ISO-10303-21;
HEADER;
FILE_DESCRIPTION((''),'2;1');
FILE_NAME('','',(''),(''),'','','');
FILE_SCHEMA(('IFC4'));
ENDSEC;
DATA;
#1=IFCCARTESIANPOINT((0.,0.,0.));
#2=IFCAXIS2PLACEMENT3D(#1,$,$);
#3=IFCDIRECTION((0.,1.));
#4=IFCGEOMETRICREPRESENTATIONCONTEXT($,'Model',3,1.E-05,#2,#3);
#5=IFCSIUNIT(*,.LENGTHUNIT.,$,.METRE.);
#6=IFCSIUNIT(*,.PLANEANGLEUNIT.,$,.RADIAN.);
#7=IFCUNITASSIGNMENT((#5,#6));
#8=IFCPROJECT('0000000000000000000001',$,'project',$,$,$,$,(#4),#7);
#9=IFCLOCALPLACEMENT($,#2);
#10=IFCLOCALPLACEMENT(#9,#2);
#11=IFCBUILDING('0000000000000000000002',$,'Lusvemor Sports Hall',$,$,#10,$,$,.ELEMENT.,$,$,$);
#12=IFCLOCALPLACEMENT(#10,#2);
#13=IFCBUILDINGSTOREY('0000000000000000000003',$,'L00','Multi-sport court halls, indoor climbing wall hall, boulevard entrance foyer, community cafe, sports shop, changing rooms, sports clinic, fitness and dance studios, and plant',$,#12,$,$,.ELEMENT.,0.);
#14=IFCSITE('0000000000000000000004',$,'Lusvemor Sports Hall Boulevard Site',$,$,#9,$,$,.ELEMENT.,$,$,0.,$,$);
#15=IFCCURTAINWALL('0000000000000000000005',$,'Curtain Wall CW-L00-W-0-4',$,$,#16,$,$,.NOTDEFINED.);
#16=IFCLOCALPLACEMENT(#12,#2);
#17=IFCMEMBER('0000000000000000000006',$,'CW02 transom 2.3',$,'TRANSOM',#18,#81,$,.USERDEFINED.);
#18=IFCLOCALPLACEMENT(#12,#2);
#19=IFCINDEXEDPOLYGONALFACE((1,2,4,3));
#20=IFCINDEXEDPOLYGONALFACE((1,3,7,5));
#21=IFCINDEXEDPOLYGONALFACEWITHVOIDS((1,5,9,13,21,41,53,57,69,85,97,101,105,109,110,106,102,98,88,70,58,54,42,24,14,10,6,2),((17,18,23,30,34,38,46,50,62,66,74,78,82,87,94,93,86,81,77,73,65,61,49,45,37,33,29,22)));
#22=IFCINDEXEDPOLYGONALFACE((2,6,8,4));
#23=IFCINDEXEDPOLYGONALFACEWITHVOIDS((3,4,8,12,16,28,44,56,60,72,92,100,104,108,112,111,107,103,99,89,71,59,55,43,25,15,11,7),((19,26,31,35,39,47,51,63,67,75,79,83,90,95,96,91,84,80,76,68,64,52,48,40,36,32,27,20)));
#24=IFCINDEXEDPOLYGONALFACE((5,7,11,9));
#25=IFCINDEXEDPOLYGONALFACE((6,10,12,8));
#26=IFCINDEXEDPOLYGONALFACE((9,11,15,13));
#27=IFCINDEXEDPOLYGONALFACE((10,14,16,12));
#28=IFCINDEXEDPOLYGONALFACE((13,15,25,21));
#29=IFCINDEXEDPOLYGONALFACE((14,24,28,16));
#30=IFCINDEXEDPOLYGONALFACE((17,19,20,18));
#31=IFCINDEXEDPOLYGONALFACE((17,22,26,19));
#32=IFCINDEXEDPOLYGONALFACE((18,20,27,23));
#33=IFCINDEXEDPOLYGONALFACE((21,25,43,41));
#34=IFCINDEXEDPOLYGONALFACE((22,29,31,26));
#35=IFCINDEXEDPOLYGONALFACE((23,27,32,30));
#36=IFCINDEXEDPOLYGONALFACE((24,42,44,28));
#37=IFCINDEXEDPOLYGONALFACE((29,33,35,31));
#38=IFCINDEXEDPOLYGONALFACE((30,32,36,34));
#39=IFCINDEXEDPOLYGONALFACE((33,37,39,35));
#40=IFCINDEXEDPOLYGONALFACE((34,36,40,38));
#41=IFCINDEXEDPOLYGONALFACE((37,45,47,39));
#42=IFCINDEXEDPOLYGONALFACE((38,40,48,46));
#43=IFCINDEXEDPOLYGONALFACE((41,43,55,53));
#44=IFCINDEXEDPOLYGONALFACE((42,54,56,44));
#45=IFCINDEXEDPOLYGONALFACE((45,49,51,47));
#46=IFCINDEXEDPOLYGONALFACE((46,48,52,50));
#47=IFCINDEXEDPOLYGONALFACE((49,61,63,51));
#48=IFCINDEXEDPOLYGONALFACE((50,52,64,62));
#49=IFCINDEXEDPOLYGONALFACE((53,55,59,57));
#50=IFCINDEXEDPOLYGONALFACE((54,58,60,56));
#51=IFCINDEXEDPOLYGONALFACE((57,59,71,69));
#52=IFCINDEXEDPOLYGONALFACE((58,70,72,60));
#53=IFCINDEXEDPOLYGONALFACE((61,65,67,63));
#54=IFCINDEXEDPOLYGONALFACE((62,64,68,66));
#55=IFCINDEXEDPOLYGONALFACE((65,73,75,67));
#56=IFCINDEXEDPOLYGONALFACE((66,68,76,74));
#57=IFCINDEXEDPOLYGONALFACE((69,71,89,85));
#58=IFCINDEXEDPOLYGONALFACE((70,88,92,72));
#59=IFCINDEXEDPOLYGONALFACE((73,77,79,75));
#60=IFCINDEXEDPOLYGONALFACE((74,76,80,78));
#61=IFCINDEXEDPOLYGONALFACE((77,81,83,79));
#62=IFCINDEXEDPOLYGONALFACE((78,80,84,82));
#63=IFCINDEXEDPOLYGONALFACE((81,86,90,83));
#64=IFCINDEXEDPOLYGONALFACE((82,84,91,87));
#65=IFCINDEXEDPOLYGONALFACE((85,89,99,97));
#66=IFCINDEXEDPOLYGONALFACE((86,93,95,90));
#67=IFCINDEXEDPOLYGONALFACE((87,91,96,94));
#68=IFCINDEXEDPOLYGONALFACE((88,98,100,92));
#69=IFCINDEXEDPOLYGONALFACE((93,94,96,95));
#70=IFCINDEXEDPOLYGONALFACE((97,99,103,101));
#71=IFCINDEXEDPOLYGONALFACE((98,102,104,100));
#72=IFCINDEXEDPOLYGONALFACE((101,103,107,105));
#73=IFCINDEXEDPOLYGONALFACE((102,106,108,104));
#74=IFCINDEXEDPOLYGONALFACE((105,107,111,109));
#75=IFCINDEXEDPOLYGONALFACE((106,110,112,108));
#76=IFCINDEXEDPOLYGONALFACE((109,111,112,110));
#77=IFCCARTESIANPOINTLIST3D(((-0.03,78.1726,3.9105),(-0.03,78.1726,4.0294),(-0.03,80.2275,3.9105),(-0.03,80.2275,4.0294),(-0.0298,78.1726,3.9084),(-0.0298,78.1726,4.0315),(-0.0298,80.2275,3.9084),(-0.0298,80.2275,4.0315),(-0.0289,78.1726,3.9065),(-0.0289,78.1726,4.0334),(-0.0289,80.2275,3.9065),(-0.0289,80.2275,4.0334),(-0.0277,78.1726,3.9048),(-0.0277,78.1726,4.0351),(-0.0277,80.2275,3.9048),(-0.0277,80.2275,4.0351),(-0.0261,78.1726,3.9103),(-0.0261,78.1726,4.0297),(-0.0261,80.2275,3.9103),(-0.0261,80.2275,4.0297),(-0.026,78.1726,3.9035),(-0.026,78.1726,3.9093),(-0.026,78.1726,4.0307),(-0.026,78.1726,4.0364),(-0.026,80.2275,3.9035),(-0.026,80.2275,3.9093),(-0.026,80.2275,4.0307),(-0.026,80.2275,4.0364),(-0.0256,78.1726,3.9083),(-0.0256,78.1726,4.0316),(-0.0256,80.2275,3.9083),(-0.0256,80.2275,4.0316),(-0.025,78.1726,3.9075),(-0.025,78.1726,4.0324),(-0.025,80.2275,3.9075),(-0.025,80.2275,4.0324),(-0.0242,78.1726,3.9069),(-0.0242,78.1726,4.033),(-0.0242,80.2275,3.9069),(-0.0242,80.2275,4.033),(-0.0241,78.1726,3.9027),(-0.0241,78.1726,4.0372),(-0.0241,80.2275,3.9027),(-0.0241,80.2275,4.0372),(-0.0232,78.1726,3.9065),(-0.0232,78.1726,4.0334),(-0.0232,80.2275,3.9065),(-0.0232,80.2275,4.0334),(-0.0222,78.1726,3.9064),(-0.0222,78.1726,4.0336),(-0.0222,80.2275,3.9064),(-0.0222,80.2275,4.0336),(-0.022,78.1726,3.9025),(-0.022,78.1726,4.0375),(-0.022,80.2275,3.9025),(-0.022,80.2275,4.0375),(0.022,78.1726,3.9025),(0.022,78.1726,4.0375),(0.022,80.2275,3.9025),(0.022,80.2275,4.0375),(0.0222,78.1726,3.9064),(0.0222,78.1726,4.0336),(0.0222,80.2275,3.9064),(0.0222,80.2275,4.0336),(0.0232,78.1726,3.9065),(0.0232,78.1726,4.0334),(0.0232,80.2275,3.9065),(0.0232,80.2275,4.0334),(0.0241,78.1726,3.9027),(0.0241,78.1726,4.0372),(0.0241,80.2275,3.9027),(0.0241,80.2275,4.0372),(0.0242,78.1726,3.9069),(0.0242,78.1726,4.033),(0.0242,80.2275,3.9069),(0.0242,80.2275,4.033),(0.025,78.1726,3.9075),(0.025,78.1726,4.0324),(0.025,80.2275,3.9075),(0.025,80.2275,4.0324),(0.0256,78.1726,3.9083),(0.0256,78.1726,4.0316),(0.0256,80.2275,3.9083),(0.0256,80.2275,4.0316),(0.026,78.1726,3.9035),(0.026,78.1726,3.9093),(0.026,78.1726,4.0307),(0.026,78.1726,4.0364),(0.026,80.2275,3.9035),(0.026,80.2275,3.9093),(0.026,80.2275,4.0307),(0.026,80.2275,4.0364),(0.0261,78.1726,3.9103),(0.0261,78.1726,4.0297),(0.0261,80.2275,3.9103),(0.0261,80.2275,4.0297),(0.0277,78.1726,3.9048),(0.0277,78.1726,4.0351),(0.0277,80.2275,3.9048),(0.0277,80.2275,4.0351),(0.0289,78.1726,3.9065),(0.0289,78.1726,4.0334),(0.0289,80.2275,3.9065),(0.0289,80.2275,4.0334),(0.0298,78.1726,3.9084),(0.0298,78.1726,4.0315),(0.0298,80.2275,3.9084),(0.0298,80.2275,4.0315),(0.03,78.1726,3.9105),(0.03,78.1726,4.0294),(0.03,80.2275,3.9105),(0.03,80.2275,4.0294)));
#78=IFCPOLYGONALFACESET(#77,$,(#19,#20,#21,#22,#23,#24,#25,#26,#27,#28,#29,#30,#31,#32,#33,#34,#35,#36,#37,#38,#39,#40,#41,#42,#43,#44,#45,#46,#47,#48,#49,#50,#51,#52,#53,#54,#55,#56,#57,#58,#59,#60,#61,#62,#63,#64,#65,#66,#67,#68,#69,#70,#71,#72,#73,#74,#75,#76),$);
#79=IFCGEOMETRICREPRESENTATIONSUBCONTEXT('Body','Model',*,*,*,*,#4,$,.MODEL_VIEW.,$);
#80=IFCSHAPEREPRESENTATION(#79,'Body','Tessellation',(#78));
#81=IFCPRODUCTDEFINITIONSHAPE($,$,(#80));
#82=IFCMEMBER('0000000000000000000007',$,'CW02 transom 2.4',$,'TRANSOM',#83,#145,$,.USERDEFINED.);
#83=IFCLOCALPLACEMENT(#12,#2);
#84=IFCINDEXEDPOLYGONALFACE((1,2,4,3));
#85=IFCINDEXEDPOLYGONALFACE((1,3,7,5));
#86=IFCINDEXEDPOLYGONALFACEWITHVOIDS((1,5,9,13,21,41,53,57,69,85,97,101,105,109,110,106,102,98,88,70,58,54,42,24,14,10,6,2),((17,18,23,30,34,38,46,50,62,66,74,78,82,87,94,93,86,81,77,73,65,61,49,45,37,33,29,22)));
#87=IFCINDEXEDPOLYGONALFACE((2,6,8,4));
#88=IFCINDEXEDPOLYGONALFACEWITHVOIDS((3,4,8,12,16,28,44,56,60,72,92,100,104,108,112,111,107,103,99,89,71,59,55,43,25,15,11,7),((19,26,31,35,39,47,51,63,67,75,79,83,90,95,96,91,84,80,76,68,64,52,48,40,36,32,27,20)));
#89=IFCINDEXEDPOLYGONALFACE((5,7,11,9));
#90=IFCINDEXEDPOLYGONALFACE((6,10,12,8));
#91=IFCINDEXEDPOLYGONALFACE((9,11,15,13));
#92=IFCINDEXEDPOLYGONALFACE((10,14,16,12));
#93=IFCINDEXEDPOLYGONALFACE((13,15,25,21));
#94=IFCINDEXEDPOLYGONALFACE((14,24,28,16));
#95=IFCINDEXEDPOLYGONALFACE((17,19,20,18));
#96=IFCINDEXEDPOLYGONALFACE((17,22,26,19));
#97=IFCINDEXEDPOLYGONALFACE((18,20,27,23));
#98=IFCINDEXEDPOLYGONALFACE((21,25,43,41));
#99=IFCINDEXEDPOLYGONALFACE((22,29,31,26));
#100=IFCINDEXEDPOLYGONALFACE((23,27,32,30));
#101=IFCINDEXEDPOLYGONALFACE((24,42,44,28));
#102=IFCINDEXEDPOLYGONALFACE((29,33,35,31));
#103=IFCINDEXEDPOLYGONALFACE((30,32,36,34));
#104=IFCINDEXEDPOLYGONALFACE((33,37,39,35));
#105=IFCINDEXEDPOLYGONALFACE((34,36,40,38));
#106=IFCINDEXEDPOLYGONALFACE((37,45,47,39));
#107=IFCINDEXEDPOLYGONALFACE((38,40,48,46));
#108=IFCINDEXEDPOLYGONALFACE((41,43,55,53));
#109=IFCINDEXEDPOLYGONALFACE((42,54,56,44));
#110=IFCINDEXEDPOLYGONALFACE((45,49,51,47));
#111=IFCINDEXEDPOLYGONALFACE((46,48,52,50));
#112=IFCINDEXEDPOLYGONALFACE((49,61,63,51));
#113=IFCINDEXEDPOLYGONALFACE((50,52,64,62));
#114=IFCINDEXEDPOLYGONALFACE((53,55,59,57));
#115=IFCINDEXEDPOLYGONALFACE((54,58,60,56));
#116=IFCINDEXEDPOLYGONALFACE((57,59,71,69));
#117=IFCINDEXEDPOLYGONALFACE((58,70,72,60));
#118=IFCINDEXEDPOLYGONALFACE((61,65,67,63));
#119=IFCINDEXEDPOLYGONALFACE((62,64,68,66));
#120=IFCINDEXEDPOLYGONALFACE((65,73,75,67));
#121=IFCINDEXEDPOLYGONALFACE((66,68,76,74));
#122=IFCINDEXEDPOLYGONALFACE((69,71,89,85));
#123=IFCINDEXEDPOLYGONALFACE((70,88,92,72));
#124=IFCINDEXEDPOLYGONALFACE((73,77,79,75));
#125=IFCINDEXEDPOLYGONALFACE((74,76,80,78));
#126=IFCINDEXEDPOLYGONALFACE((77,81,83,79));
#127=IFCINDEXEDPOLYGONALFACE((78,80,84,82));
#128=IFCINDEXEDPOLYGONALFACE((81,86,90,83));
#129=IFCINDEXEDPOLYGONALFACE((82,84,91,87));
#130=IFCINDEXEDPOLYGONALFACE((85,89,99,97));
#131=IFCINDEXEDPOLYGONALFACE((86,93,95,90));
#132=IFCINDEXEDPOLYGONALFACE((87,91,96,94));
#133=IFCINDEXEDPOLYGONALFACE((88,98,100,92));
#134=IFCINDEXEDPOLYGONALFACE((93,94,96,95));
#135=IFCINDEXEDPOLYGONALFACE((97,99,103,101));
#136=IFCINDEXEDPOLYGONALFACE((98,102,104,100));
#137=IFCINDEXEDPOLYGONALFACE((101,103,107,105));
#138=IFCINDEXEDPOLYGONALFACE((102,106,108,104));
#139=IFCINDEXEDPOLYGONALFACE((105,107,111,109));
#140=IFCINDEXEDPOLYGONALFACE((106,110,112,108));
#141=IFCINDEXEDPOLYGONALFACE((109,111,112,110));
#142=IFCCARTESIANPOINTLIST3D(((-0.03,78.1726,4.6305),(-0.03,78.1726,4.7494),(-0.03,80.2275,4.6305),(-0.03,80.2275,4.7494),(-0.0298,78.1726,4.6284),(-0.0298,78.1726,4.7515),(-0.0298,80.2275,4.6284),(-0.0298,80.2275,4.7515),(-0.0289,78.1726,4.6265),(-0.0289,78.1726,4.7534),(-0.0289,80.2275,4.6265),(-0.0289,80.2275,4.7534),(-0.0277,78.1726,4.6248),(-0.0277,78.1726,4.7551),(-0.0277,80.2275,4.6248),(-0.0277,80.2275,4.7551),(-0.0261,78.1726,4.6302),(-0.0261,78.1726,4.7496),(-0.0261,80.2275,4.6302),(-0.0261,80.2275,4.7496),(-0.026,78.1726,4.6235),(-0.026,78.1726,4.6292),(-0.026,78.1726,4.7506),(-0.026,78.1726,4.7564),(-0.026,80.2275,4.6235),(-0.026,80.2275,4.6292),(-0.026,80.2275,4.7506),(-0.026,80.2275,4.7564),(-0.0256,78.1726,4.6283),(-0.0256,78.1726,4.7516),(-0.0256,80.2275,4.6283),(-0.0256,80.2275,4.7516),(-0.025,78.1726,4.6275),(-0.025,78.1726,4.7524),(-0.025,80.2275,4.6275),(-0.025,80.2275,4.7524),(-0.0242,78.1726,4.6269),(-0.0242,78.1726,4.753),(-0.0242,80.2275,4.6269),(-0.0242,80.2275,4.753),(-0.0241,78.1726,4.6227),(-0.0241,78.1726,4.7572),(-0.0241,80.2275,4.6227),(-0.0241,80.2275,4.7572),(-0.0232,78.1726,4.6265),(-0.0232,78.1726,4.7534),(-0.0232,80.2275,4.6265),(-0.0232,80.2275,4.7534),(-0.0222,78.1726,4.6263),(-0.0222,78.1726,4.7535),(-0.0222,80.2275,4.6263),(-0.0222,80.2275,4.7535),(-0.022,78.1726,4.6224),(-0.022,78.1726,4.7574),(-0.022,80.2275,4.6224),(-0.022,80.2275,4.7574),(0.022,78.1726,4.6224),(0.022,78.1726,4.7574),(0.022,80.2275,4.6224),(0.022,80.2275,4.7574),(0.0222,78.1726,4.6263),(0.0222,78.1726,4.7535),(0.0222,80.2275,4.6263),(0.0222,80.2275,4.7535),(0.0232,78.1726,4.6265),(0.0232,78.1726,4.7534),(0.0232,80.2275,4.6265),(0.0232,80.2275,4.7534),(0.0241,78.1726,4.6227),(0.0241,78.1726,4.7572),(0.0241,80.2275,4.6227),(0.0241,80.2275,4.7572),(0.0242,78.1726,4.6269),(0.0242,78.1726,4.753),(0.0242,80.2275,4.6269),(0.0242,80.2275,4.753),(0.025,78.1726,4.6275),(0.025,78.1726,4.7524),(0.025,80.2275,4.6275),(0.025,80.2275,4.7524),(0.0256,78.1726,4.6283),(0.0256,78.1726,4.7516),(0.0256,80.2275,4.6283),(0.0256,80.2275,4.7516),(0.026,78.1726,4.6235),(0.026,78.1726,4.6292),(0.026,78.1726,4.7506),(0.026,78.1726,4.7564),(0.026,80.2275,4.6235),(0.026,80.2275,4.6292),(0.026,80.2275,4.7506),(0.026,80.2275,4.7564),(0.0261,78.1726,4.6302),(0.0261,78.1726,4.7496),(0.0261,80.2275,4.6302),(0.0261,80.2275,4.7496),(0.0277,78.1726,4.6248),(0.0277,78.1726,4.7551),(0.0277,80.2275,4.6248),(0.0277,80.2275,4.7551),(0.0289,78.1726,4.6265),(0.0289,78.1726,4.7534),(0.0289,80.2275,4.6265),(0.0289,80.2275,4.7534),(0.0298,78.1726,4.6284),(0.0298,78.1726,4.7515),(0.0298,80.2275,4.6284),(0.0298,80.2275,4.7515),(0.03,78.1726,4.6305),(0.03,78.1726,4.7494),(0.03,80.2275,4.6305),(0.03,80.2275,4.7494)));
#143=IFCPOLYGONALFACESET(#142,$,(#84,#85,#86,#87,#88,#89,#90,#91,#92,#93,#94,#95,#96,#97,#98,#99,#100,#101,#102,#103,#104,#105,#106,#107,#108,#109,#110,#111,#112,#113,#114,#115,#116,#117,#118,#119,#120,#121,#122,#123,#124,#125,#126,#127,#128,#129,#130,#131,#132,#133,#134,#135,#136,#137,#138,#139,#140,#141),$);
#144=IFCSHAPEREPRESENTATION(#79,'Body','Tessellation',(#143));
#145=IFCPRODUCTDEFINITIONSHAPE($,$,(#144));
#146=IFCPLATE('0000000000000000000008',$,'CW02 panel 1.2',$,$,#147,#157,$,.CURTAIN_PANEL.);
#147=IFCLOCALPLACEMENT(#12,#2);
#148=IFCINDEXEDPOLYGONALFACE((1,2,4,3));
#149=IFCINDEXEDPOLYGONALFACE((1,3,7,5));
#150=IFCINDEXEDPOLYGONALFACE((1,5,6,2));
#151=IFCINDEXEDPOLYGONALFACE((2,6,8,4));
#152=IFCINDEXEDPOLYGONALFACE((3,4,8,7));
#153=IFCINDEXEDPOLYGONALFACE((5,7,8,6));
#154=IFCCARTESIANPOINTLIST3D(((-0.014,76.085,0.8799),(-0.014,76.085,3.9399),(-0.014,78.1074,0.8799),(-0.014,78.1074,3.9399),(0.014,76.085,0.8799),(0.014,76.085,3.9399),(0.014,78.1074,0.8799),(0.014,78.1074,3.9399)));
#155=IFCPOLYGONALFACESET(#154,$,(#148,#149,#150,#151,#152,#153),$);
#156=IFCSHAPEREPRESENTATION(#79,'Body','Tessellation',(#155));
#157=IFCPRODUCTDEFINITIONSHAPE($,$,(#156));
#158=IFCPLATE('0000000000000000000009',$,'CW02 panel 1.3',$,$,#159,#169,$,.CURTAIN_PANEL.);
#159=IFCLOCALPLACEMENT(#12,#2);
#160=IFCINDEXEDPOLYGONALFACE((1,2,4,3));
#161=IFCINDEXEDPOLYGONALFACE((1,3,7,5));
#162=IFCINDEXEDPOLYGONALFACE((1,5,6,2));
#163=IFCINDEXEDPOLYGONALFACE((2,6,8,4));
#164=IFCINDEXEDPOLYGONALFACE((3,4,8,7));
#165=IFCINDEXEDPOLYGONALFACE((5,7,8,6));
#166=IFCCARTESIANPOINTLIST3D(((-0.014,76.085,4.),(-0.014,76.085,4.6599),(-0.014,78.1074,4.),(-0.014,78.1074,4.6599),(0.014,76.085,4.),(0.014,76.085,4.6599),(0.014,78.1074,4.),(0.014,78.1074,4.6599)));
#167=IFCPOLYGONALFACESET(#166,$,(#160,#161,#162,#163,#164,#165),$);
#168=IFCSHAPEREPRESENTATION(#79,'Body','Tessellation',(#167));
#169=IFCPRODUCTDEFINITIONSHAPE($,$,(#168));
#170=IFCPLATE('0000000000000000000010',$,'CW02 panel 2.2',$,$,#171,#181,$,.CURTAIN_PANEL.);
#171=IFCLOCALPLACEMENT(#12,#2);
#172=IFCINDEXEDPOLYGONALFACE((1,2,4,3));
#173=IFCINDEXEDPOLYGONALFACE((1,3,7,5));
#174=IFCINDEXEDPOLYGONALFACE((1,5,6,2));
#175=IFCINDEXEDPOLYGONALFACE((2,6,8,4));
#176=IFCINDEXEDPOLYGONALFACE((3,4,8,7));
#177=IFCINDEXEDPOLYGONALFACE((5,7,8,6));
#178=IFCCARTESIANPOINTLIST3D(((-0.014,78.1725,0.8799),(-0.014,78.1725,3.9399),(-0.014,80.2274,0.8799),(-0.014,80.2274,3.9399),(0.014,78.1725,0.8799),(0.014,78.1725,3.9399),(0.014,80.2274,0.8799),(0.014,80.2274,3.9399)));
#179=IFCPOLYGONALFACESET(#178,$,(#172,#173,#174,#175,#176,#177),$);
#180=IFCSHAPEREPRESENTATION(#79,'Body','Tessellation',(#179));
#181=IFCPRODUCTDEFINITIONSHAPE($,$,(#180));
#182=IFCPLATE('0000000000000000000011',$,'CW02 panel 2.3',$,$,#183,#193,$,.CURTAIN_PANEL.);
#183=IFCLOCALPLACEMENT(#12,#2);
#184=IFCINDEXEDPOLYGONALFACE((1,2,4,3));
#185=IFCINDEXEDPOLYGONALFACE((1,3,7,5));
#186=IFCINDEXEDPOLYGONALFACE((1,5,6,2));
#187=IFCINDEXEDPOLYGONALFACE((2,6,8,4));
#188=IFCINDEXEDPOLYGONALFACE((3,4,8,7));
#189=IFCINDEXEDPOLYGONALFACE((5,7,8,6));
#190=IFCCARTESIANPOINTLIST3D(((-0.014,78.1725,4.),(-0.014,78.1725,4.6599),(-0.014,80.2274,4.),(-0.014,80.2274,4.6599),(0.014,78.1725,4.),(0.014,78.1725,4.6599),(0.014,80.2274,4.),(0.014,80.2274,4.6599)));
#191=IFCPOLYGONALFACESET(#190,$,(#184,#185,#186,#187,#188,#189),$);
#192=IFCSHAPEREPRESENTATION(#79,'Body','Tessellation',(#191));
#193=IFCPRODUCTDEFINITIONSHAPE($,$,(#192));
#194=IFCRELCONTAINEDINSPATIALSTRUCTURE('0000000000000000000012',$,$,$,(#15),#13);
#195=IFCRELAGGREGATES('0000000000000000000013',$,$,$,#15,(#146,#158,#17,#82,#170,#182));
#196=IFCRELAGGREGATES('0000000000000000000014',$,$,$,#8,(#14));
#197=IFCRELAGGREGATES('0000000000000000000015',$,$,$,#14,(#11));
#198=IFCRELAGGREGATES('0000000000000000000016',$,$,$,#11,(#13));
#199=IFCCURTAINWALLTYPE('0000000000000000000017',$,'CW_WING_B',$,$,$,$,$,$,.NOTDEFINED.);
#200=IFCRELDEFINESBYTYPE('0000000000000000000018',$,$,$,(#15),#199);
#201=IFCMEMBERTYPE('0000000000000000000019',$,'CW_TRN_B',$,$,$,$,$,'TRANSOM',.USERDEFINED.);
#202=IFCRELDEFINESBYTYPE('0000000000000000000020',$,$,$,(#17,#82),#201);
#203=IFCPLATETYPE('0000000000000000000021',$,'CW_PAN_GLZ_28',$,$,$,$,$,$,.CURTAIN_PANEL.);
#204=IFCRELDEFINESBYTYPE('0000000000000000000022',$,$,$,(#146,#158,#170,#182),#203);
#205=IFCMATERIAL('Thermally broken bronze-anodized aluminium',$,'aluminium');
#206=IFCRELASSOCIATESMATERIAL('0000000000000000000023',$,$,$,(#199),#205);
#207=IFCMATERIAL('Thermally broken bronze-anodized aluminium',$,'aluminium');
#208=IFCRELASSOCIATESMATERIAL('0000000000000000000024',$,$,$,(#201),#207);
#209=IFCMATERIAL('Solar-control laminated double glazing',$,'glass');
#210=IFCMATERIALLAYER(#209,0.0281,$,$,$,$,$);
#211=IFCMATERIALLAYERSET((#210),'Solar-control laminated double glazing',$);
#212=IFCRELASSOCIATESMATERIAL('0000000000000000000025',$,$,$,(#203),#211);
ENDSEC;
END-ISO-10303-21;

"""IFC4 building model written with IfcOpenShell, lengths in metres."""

from ifc_helpers import new_model, si_unit, direction, frame, origin, origin_2d, place, context, subcontext, project, spatial, rectangle, hollow_rectangle, extrude, material, layer, layer_set, material_profile, profile_set, type_object, element, aggregate, save


model = new_model("IFC4")

# Units and contexts
model_context = context("Model", 3, precision=1e-05, world=origin(), true_north=direction((0.0, 1.0)))
body_context = subcontext(model_context, "Body", "Model", "MODEL_VIEW")
ifc_project = project(units=[si_unit("LENGTHUNIT", "METRE"), si_unit("PLANEANGLEUNIT", "RADIAN")], contexts=[model_context])

# Site, building, storey
site_placement = place(None, origin())
site = spatial("IfcSite", under=ifc_project, at=site_placement, Name="Lusvemor Sports Hall Boulevard Site", CompositionType="ELEMENT", RefElevation=0.0)
building_placement = place(site_placement, origin())
building = spatial("IfcBuilding", under=site, at=building_placement, Name="Lusvemor Sports Hall", CompositionType="ELEMENT")
storey_placement = place(building_placement, origin())
storey = spatial("IfcBuildingStorey", under=building, at=storey_placement, Name="L00", Description="Multi-sport court halls, indoor climbing wall hall, boulevard entrance foyer, community cafe, sports shop, changing rooms, sports clinic, fitness and dance studios, and plant", CompositionType="ELEMENT", Elevation=0.0)

# Curtain wall, members, plates
ifc_material_1 = material(Name="Thermally broken bronze-anodized aluminium", Category="aluminium")
curtain_wall_type = type_object("IfcCurtainWallType", Name="CW_WING_B", PredefinedType="NOTDEFINED", material=ifc_material_1)
curtain_wall_placement = place(storey_placement, origin())
curtain_wall = element("IfcCurtainWall", 1, at=curtain_wall_placement, inside=storey, type_object=curtain_wall_type, Name="Curtain Wall CW-L00-W-0-4", PredefinedType="NOTDEFINED")
ifc_material_2 = material(Name="Thermally broken bronze-anodized aluminium", Category="aluminium")
ifc_material_profile_1 = material_profile(ifc_material_2, hollow_rectangle(XDim=0.0601, YDim=0.135, WallThickness=0.0039, InnerFilletRadius=0.0039, OuterFilletRadius=0.0081, at=origin_2d()), Name="CWTRN135x60x4")
ifc_profile_set_1 = profile_set([ifc_material_profile_1], Name="Thermally broken bronze-anodized aluminium")
member_type_1 = type_object("IfcMemberType", Name="CW_TRN_B", ElementType="TRANSOM", PredefinedType="USERDEFINED", material=ifc_profile_set_1)
member_1_placement = place(storey_placement, frame((0.0, 78.1726, 3.97), z_axis=(0.0, 1.0, 0.0), x_axis=(-1.0, 0.0, 0.0)))
member_1 = element("IfcMember", 2, at=member_1_placement, type_object=member_type_1, Name="CW02 transom 2.3", ObjectType="TRANSOM", PredefinedType="USERDEFINED", context=body_context, shape_type="SweptSolid", body=[
    extrude(hollow_rectangle(XDim=0.0601, YDim=0.135, WallThickness=0.0039, InnerFilletRadius=0.0039, OuterFilletRadius=0.0081, at=origin_2d()), origin(), (0.0, 0.0, 1.0), 2.0549),
])
member_2_placement = place(storey_placement, frame((0.0, 78.1726, 4.6899), z_axis=(0.0, 1.0, 0.0), x_axis=(-1.0, 0.0, 0.0)))
member_2 = element("IfcMember", 3, at=member_2_placement, type_object=member_type_1, Name="CW02 transom 2.4", ObjectType="TRANSOM", PredefinedType="USERDEFINED", context=body_context, shape_type="SweptSolid", body=[
    extrude(hollow_rectangle(XDim=0.0601, YDim=0.135, WallThickness=0.0039, InnerFilletRadius=0.0039, OuterFilletRadius=0.0081, at=origin_2d()), origin(), (0.0, 0.0, 1.0), 2.0549),
])
ifc_material_3 = material(Name="Solar-control laminated double glazing", Category="glass")
ifc_layer_1 = layer(ifc_material_3, 0.0281)
ifc_layer_set_1 = layer_set([ifc_layer_1], Name="Solar-control laminated double glazing")
plate_type_1 = type_object("IfcPlateType", Name="CW_PAN_GLZ_28", PredefinedType="CURTAIN_PANEL", material=ifc_layer_set_1)
plate_1_placement = place(storey_placement, frame((0.0, 77.0962, 0.8799), z_axis=(0.0, 0.0, 1.0), x_axis=(0.0, 1.0, 0.0)))
plate_1 = element("IfcPlate", 4, at=plate_1_placement, type_object=plate_type_1, Name="CW02 panel 1.2", PredefinedType="CURTAIN_PANEL", context=body_context, shape_type="SweptSolid", body=[
    extrude(rectangle(XDim=2.0225, YDim=0.0281, at=origin_2d()), origin(), (0.0, 0.0, 1.0), 3.0601),
])
plate_2_placement = place(storey_placement, frame((0.0, 77.0962, 4.0), z_axis=(0.0, 0.0, 1.0), x_axis=(0.0, 1.0, 0.0)))
plate_2 = element("IfcPlate", 5, at=plate_2_placement, type_object=plate_type_1, Name="CW02 panel 1.3", PredefinedType="CURTAIN_PANEL", context=body_context, shape_type="SweptSolid", body=[
    extrude(rectangle(XDim=2.0225, YDim=0.0281, at=origin_2d()), origin(), (0.0, 0.0, 1.0), 0.6599),
])
plate_3_placement = place(storey_placement, frame((0.0, 79.2, 0.8799), z_axis=(0.0, 0.0, 1.0), x_axis=(0.0, 1.0, 0.0)))
plate_3 = element("IfcPlate", 6, at=plate_3_placement, type_object=plate_type_1, Name="CW02 panel 2.2", PredefinedType="CURTAIN_PANEL", context=body_context, shape_type="SweptSolid", body=[
    extrude(rectangle(XDim=2.0549, YDim=0.0281, at=origin_2d()), origin(), (0.0, 0.0, 1.0), 3.0601),
])
plate_4_placement = place(storey_placement, frame((0.0, 79.2, 4.0), z_axis=(0.0, 0.0, 1.0), x_axis=(0.0, 1.0, 0.0)))
plate_4 = element("IfcPlate", 7, at=plate_4_placement, type_object=plate_type_1, Name="CW02 panel 2.3", PredefinedType="CURTAIN_PANEL", context=body_context, shape_type="SweptSolid", body=[
    extrude(rectangle(XDim=2.0549, YDim=0.0281, at=origin_2d()), origin(), (0.0, 0.0, 1.0), 0.6599),
])
aggregate(curtain_wall, [plate_1, plate_2, member_1, member_2, plate_3, plate_4])

save(model, "model.ifc")
